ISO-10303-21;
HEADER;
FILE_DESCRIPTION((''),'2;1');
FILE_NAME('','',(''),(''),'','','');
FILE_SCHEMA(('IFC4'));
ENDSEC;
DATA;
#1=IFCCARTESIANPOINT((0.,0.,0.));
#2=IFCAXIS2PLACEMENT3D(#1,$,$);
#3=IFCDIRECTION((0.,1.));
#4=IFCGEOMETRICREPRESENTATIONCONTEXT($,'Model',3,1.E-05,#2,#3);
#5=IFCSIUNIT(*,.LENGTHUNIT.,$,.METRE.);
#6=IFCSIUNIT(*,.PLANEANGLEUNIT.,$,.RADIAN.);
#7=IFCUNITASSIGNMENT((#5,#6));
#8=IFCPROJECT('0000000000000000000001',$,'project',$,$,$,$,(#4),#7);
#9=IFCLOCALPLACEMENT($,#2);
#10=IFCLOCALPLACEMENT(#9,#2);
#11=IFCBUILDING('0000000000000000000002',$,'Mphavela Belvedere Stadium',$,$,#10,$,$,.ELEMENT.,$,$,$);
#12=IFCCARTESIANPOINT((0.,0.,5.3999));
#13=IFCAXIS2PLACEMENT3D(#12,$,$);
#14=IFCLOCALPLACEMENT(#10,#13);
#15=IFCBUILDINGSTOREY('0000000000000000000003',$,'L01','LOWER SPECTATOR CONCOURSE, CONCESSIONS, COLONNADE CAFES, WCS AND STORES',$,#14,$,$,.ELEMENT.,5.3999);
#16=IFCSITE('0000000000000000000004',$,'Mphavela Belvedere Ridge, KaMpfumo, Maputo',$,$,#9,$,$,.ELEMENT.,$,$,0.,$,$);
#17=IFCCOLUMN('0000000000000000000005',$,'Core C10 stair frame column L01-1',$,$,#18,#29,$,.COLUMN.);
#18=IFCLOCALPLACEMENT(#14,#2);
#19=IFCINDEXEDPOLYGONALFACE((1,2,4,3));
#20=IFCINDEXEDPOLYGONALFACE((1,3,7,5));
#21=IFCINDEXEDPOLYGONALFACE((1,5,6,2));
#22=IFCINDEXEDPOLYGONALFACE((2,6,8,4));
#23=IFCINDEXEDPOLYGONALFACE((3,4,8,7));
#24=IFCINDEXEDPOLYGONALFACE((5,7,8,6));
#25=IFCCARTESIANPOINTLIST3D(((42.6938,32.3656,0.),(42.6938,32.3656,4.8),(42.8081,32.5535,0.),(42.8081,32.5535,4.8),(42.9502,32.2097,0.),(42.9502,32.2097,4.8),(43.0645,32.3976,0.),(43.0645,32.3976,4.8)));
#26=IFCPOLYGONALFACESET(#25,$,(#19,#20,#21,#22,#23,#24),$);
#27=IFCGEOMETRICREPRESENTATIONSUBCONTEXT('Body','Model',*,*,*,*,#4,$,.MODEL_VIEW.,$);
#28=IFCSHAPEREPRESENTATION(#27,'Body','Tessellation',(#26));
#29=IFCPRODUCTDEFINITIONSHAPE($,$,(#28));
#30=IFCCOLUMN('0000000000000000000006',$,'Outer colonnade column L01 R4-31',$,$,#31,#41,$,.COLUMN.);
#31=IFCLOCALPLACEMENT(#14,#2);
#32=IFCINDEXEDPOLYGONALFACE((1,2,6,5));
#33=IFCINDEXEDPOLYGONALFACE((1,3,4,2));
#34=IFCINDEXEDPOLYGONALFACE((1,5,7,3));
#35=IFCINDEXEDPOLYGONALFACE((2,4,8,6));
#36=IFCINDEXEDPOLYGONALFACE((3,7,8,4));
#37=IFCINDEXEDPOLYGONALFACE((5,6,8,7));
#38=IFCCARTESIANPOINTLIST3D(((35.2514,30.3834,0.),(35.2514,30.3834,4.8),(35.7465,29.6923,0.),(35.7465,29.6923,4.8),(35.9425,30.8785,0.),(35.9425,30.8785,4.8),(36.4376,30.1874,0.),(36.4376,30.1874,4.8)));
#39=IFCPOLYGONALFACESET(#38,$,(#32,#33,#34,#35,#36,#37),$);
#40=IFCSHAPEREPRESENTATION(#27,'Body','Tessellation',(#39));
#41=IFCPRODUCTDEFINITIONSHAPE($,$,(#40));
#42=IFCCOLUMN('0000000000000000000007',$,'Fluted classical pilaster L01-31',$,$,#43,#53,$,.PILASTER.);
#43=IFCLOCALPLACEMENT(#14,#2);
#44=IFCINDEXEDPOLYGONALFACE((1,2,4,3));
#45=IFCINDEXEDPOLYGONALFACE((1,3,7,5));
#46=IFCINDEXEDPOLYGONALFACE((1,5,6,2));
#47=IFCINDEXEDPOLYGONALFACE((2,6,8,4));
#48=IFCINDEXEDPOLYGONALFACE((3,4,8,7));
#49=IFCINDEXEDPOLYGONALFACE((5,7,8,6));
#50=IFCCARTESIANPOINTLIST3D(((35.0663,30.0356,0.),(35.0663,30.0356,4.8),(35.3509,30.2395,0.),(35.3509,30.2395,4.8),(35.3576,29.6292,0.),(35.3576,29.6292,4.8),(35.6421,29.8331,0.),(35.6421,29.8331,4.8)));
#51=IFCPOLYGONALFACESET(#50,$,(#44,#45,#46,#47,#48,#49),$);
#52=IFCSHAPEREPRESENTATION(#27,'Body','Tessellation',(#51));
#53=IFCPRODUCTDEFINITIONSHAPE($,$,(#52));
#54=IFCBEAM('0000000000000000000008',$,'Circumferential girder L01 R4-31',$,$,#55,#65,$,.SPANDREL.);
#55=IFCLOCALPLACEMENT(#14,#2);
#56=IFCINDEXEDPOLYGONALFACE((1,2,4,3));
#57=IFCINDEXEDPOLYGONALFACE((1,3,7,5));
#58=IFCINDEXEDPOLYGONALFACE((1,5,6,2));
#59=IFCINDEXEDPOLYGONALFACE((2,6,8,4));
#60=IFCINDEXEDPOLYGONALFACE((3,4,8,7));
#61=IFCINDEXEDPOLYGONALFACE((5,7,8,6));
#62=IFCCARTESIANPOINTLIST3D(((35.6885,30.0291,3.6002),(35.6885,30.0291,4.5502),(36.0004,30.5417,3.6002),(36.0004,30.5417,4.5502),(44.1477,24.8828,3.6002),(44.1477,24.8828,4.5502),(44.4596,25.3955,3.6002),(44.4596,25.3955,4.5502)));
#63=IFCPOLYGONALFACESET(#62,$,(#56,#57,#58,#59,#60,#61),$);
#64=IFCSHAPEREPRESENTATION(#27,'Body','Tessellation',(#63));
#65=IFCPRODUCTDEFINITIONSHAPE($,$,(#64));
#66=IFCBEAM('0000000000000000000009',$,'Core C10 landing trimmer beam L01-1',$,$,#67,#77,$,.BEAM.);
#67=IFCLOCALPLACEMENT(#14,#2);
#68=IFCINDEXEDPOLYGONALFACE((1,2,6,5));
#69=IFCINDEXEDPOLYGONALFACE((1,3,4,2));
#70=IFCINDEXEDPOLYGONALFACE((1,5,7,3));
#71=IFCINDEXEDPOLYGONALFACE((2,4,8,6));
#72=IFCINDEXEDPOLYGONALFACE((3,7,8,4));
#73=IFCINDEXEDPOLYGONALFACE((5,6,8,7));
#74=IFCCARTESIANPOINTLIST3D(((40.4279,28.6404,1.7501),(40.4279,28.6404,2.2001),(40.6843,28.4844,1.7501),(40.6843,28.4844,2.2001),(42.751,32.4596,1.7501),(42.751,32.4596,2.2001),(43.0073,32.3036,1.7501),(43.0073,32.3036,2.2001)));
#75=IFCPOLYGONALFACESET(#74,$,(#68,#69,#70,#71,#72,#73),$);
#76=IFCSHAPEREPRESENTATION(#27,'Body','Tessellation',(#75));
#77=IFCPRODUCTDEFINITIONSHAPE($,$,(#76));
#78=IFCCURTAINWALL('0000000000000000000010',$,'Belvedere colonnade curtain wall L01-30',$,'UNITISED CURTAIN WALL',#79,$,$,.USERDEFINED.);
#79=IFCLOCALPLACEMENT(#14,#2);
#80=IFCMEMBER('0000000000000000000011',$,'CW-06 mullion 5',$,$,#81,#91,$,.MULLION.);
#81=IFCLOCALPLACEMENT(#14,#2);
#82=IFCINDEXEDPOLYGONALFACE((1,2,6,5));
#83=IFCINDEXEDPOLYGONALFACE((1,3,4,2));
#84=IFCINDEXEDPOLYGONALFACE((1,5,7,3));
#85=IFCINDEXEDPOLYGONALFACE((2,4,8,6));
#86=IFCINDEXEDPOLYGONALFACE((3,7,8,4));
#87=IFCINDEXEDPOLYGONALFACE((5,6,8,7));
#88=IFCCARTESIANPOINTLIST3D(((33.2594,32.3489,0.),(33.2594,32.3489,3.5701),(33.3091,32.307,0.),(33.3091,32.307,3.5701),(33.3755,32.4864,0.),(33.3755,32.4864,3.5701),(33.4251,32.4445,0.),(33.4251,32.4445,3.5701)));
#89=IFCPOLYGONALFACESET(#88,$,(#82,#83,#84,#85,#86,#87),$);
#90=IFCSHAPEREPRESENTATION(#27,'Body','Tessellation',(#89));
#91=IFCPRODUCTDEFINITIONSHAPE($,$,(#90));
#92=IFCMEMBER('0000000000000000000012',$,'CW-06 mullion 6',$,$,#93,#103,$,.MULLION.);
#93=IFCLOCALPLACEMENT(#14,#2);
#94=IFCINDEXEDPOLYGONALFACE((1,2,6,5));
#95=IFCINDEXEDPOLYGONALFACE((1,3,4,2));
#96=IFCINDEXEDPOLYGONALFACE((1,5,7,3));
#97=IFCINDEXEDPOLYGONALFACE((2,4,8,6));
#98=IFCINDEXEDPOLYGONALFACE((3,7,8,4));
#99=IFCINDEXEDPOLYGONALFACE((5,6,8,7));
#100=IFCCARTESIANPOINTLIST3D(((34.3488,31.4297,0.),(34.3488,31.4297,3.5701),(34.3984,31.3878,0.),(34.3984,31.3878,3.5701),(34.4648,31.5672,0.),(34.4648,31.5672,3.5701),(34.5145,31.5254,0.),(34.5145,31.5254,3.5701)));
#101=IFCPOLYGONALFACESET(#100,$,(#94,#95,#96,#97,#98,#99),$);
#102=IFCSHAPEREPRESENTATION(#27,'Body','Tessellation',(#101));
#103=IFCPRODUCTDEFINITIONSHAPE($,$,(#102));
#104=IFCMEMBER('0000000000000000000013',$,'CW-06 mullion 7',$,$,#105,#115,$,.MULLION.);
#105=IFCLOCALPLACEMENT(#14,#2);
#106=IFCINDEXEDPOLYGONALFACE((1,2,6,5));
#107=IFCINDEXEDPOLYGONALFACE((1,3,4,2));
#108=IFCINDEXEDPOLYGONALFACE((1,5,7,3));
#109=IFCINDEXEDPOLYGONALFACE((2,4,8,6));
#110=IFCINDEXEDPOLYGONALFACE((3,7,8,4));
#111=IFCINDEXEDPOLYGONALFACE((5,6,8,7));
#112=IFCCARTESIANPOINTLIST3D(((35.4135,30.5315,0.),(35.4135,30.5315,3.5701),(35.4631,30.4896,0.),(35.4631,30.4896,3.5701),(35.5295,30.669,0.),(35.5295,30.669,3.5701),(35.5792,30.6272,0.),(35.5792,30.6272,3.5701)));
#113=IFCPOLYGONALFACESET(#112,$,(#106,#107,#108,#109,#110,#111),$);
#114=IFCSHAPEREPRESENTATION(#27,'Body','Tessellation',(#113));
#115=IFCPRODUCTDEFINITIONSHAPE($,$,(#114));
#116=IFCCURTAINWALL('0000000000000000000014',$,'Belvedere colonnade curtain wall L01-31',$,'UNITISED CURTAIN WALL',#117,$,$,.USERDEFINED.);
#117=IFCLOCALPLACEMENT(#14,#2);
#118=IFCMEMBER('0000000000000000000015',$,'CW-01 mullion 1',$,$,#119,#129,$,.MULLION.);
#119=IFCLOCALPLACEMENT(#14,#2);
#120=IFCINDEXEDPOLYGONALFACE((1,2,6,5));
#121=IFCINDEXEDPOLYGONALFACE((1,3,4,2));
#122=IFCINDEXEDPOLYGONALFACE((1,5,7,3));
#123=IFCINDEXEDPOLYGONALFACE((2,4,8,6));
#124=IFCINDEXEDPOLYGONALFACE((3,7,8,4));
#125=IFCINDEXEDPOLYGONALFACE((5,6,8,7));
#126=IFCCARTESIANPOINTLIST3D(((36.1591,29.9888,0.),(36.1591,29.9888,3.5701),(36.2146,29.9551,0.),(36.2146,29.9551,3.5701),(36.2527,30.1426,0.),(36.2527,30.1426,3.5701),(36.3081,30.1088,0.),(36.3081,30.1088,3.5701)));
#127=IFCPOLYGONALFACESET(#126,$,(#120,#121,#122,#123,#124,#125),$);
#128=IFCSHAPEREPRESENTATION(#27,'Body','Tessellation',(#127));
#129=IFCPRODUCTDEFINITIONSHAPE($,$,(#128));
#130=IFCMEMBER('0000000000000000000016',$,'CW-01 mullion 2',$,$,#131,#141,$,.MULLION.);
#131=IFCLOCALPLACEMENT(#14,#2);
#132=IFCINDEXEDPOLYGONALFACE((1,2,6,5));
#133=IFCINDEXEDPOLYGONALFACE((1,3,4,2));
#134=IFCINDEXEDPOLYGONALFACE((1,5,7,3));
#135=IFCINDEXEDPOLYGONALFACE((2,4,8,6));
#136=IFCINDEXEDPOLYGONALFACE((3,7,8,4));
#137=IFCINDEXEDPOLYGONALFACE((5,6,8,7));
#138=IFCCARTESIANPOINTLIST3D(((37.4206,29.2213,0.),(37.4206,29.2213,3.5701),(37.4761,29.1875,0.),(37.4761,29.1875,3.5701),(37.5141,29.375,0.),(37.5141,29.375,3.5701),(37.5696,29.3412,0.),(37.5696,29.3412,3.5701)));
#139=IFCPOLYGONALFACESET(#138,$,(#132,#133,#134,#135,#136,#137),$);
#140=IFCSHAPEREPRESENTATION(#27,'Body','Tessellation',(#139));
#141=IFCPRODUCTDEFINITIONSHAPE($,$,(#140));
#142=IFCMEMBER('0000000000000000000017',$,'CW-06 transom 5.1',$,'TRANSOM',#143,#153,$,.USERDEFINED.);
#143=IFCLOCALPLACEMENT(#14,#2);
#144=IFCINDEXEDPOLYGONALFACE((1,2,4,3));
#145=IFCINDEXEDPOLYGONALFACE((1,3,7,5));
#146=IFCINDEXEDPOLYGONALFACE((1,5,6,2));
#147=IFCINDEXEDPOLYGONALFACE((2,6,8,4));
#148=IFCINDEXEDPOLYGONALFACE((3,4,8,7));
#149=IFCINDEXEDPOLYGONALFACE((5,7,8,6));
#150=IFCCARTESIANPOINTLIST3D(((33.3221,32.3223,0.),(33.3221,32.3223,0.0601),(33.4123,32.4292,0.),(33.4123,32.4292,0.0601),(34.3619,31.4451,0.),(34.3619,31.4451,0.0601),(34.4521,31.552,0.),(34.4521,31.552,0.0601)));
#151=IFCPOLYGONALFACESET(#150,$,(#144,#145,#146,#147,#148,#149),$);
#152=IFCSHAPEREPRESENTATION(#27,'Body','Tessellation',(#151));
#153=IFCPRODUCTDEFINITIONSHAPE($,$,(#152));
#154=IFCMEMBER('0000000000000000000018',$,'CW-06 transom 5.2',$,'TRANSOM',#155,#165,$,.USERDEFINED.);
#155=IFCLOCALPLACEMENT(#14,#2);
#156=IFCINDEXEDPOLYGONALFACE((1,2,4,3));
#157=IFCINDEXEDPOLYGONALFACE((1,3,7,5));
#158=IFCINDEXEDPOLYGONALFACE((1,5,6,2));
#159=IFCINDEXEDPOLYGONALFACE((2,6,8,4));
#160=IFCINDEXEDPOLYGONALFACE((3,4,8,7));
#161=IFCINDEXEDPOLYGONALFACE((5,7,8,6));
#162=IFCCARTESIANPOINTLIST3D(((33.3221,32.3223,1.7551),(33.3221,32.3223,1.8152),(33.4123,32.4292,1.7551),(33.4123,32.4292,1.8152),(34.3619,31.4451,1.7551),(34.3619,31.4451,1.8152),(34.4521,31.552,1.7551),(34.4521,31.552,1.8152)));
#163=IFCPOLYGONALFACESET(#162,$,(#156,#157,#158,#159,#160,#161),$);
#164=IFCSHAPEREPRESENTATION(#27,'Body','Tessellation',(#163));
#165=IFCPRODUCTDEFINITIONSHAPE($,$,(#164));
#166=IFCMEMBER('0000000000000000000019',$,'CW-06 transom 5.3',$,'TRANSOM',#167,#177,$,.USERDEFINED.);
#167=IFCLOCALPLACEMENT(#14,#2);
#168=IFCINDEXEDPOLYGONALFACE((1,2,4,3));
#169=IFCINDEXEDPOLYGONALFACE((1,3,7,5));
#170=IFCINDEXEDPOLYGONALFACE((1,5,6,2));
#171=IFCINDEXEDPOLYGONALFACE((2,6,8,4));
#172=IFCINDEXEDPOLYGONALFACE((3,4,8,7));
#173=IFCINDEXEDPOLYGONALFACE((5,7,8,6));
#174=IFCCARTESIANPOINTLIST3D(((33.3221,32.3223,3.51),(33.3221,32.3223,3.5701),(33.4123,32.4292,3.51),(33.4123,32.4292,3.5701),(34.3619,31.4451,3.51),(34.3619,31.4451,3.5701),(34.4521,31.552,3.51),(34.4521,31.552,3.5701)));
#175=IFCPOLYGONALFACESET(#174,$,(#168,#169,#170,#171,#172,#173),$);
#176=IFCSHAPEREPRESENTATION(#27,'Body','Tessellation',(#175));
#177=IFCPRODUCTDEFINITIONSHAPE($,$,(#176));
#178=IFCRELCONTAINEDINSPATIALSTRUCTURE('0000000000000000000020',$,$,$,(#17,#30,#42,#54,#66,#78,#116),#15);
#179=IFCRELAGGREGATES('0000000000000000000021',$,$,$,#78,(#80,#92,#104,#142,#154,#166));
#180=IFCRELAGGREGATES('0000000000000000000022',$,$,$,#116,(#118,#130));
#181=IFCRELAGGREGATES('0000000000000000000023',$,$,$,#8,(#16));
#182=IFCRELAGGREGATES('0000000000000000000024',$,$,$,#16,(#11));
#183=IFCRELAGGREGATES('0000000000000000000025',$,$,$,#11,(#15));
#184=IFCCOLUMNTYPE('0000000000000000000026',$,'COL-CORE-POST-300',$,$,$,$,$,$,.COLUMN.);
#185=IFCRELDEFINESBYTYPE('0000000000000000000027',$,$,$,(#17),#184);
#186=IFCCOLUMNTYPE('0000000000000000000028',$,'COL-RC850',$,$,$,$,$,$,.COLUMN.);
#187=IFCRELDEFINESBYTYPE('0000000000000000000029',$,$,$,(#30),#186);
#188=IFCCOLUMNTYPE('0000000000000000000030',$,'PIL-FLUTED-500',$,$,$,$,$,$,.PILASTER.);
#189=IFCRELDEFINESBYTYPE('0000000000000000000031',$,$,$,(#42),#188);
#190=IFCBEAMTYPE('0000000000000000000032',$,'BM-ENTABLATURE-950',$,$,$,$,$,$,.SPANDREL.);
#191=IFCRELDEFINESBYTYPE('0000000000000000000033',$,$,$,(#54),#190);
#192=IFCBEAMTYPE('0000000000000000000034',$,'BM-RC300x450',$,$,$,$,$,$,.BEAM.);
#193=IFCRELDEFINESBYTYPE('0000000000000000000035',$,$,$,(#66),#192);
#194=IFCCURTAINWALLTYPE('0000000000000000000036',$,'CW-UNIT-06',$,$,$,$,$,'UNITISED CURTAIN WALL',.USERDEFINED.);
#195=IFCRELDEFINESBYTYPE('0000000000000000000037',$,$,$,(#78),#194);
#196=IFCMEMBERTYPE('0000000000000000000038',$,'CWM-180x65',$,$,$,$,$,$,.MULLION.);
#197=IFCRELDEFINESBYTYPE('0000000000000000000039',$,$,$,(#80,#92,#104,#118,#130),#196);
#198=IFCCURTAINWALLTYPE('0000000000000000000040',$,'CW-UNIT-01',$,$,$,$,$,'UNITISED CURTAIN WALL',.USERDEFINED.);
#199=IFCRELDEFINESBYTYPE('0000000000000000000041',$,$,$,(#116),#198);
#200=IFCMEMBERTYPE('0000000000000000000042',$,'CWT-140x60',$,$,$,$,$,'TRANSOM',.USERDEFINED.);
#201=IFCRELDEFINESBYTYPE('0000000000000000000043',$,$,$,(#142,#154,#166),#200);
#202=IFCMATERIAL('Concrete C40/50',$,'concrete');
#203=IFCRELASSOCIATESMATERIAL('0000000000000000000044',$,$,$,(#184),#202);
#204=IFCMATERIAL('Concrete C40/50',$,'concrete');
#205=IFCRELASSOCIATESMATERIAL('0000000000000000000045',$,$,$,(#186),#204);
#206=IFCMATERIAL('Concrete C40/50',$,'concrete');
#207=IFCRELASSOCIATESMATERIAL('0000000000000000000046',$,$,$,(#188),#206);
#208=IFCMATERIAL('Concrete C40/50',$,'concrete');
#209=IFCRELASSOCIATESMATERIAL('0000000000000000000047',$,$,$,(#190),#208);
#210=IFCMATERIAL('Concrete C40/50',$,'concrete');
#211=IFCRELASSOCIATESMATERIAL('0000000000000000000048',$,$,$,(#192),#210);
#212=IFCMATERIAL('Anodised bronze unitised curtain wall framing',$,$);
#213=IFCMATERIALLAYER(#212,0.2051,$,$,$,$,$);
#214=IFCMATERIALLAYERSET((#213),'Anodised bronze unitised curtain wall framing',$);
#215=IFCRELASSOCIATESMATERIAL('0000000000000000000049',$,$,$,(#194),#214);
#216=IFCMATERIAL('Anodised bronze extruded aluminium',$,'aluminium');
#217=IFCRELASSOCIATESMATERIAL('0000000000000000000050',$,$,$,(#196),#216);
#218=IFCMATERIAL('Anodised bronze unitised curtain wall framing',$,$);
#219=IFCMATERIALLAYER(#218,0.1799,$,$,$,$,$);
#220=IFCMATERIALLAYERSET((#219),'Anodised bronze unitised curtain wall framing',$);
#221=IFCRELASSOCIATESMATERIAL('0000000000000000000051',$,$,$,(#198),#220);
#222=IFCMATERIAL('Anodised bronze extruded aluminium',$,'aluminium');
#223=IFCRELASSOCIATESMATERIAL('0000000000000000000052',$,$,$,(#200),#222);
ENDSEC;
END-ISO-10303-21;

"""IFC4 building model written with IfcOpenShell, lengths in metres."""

from ifc_helpers import new_model, si_unit, direction, frame, origin, origin_2d, place, context, subcontext, project, spatial, rectangle, extrude, material, layer, layer_set, material_profile, profile_set, type_object, element, aggregate, save


model = new_model("IFC4")

# Units and contexts
model_context = context("Model", 3, precision=1e-05, world=origin(), true_north=direction((0.0, 1.0)))
body_context = subcontext(model_context, "Body", "Model", "MODEL_VIEW")
ifc_project = project(units=[si_unit("LENGTHUNIT", "METRE"), si_unit("PLANEANGLEUNIT", "RADIAN")], contexts=[model_context])

# Site, building, storey
site_placement = place(None, origin())
site = spatial("IfcSite", under=ifc_project, at=site_placement, Name="Mphavela Belvedere Ridge, KaMpfumo, Maputo", CompositionType="ELEMENT", RefElevation=0.0)
building_placement = place(site_placement, origin())
building = spatial("IfcBuilding", under=site, at=building_placement, Name="Mphavela Belvedere Stadium", CompositionType="ELEMENT")
storey_placement = place(building_placement, frame((0.0, 0.0, 5.3999)))
storey = spatial("IfcBuildingStorey", under=building, at=storey_placement, Name="L01", Description="LOWER SPECTATOR CONCOURSE, CONCESSIONS, COLONNADE CAFES, WCS AND STORES", CompositionType="ELEMENT", Elevation=5.3999)

# Columns
ifc_material_1 = material(Name="Concrete C40/50", Category="concrete")
ifc_material_profile_1 = material_profile(ifc_material_1, rectangle(XDim=0.3, YDim=0.22, at=origin_2d()), Name="RC 300x220")
ifc_profile_set_1 = profile_set([ifc_material_profile_1], Name="Concrete C40/50")
column_type_1 = type_object("IfcColumnType", Name="COL-CORE-POST-300", PredefinedType="COLUMN", material=ifc_profile_set_1)
column_1_placement = place(storey_placement, frame((42.8792, 32.3816, 0.0), z_axis=(0.0, 0.0, 1.0), x_axis=(-0.854368, 0.519668, 0.0)))
element("IfcColumn", 1, at=column_1_placement, inside=storey, type_object=column_type_1, Name="Core C10 stair frame column L01-1", PredefinedType="COLUMN", context=body_context, shape_type="SweptSolid", body=[
    extrude(rectangle(XDim=0.3, YDim=0.22, at=origin_2d()), origin(), (0.0, 0.0, 1.0), 4.8),
])
ifc_material_2 = material(Name="Concrete C40/50", Category="concrete")
ifc_material_profile_2 = material_profile(ifc_material_2, rectangle(XDim=0.8501, YDim=0.8501, at=origin_2d()), Name="RC 850x850")
ifc_profile_set_2 = profile_set([ifc_material_profile_2], Name="Concrete C40/50")
column_type_2 = type_object("IfcColumnType", Name="COL-RC850", PredefinedType="COLUMN", material=ifc_profile_set_2)
column_2_placement = place(storey_placement, frame((35.8445, 30.2854, 0.0), z_axis=(0.0, 0.0, 1.0), x_axis=(-0.812898, -0.582407, 0.0)))
element("IfcColumn", 2, at=column_2_placement, inside=storey, type_object=column_type_2, Name="Outer colonnade column L01 R4-31", PredefinedType="COLUMN", context=body_context, shape_type="SweptSolid", body=[
    extrude(rectangle(XDim=0.8501, YDim=0.8501, at=origin_2d()), origin(), (0.0, 0.0, 1.0), 4.8),
])
ifc_material_3 = material(Name="Concrete C40/50", Category="concrete")
ifc_material_profile_3 = material_profile(ifc_material_3, rectangle(XDim=0.5, YDim=0.3501, at=origin_2d()), Name="PIL 500x350")
ifc_profile_set_3 = profile_set([ifc_material_profile_3], Name="Concrete C40/50")
column_type_3 = type_object("IfcColumnType", Name="PIL-FLUTED-500", PredefinedType="PILASTER", material=ifc_profile_set_3)
column_3_placement = place(storey_placement, frame((35.3542, 29.9343, 0.0), z_axis=(0.0, 0.0, 1.0), x_axis=(0.582407, -0.812898, 0.0)))
element("IfcColumn", 3, at=column_3_placement, inside=storey, type_object=column_type_3, Name="Fluted classical pilaster L01-31", PredefinedType="PILASTER", context=body_context, shape_type="SweptSolid", body=[
    extrude(rectangle(XDim=0.5, YDim=0.3501, at=origin_2d()), origin(), (0.0, 0.0, 1.0), 4.8),
])

# Beams
ifc_material_4 = material(Name="Concrete C40/50", Category="concrete")
ifc_material_profile_4 = material_profile(ifc_material_4, rectangle(XDim=0.6001, YDim=0.95, at=origin_2d()), Name="RC 600x950")
ifc_profile_set_4 = profile_set([ifc_material_profile_4], Name="Concrete C40/50")
beam_type_1 = type_object("IfcBeamType", Name="BM-ENTABLATURE-950", PredefinedType="SPANDREL", material=ifc_profile_set_4)
beam_1_placement = place(storey_placement, frame((35.8445, 30.2854, 4.0752), z_axis=(0.854327, -0.519737, 0.0), x_axis=(0.519737, 0.854327, 0.0)))
element("IfcBeam", 4, at=beam_1_placement, inside=storey, type_object=beam_type_1, Name="Circumferential girder L01 R4-31", PredefinedType="SPANDREL", context=body_context, shape_type="SweptSolid", body=[
    extrude(rectangle(XDim=0.6001, YDim=0.95, at=origin_2d()), origin(), (0.0, 0.0, 1.0), 9.9016),
])
ifc_material_5 = material(Name="Concrete C40/50", Category="concrete")
ifc_material_profile_5 = material_profile(ifc_material_5, rectangle(XDim=0.3, YDim=0.45, at=origin_2d()), Name="RC 300x450")
ifc_profile_set_5 = profile_set([ifc_material_profile_5], Name="Concrete C40/50")
beam_type_2 = type_object("IfcBeamType", Name="BM-RC300x450", PredefinedType="BEAM", material=ifc_profile_set_5)
beam_2_placement = place(storey_placement, frame((42.8792, 32.3816, 1.9751), z_axis=(-0.519675, -0.854364, 0.0), x_axis=(0.854364, -0.519675, 0.0)))
element("IfcBeam", 5, at=beam_2_placement, inside=storey, type_object=beam_type_2, Name="Core C10 landing trimmer beam L01-1", PredefinedType="BEAM", context=body_context, shape_type="SweptSolid", body=[
    extrude(rectangle(XDim=0.3, YDim=0.45, at=origin_2d()), origin(), (0.0, 0.0, 1.0), 4.4702),
])

# Curtain walls, members
ifc_material_6 = material(Name="Anodised bronze unitised curtain wall framing")
ifc_layer_1 = layer(ifc_material_6, 0.2051)
ifc_layer_set_1 = layer_set([ifc_layer_1], Name="Anodised bronze unitised curtain wall framing")
curtain_wall_type_1 = type_object("IfcCurtainWallType", Name="CW-UNIT-06", ElementType="UNITISED CURTAIN WALL", PredefinedType="USERDEFINED", material=ifc_layer_set_1)
curtain_wall_1_placement = place(storey_placement, origin())
curtain_wall_1 = element("IfcCurtainWall", 6, at=curtain_wall_1_placement, inside=storey, type_object=curtain_wall_type_1, Name="Belvedere colonnade curtain wall L01-30", ObjectType="UNITISED CURTAIN WALL", PredefinedType="USERDEFINED")
ifc_material_7 = material(Name="Anodised bronze extruded aluminium", Category="aluminium")
ifc_material_profile_6 = material_profile(ifc_material_7, rectangle(XDim=0.1799, YDim=0.0649, at=origin_2d()), Name="CW-MUL 180x65")
ifc_profile_set_6 = profile_set([ifc_material_profile_6], Name="Anodised bronze extruded aluminium")
member_type_1 = type_object("IfcMemberType", Name="CWM-180x65", PredefinedType="MULLION", material=ifc_profile_set_6)
member_1_placement = place(storey_placement, frame((33.3423, 32.3967, 0.0), z_axis=(0.0, 0.0, 1.0), x_axis=(0.64491, 0.764259, 0.0)))
member_1 = element("IfcMember", 7, at=member_1_placement, type_object=member_type_1, Name="CW-06 mullion 5", PredefinedType="MULLION", context=body_context, shape_type="SweptSolid", body=[
    extrude(rectangle(XDim=0.1799, YDim=0.0649, at=origin_2d()), origin(), (0.0, 0.0, 1.0), 3.5701),
])
member_2_placement = place(storey_placement, frame((34.4316, 31.4775, 0.0), z_axis=(0.0, 0.0, 1.0), x_axis=(0.64491, 0.764259, 0.0)))
member_2 = element("IfcMember", 8, at=member_2_placement, type_object=member_type_1, Name="CW-06 mullion 6", PredefinedType="MULLION", context=body_context, shape_type="SweptSolid", body=[
    extrude(rectangle(XDim=0.1799, YDim=0.0649, at=origin_2d()), origin(), (0.0, 0.0, 1.0), 3.5701),
])
member_3_placement = place(storey_placement, frame((35.4963, 30.5793, 0.0), z_axis=(0.0, 0.0, 1.0), x_axis=(0.64491, 0.764259, 0.0)))
member_3 = element("IfcMember", 9, at=member_3_placement, type_object=member_type_1, Name="CW-06 mullion 7", PredefinedType="MULLION", context=body_context, shape_type="SweptSolid", body=[
    extrude(rectangle(XDim=0.1799, YDim=0.0649, at=origin_2d()), origin(), (0.0, 0.0, 1.0), 3.5701),
])
ifc_material_8 = material(Name="Anodised bronze unitised curtain wall framing")
ifc_layer_2 = layer(ifc_material_8, 0.1799)
ifc_layer_set_2 = layer_set([ifc_layer_2], Name="Anodised bronze unitised curtain wall framing")
curtain_wall_type_2 = type_object("IfcCurtainWallType", Name="CW-UNIT-01", ElementType="UNITISED CURTAIN WALL", PredefinedType="USERDEFINED", material=ifc_layer_set_2)
curtain_wall_2_placement = place(storey_placement, origin())
curtain_wall_2 = element("IfcCurtainWall", 10, at=curtain_wall_2_placement, inside=storey, type_object=curtain_wall_type_2, Name="Belvedere colonnade curtain wall L01-31", ObjectType="UNITISED CURTAIN WALL", PredefinedType="USERDEFINED")
member_4_placement = place(storey_placement, frame((36.2336, 30.0488, 0.0), z_axis=(0.0, 0.0, 1.0), x_axis=(0.519735, 0.854328, 0.0)))
member_4 = element("IfcMember", 11, at=member_4_placement, type_object=member_type_1, Name="CW-01 mullion 1", PredefinedType="MULLION", context=body_context, shape_type="SweptSolid", body=[
    extrude(rectangle(XDim=0.1799, YDim=0.0649, at=origin_2d()), origin(), (0.0, 0.0, 1.0), 3.5701),
])
member_5_placement = place(storey_placement, frame((37.4951, 29.2812, 0.0), z_axis=(0.0, 0.0, 1.0), x_axis=(0.519735, 0.854328, 0.0)))
member_5 = element("IfcMember", 12, at=member_5_placement, type_object=member_type_1, Name="CW-01 mullion 2", PredefinedType="MULLION", context=body_context, shape_type="SweptSolid", body=[
    extrude(rectangle(XDim=0.1799, YDim=0.0649, at=origin_2d()), origin(), (0.0, 0.0, 1.0), 3.5701),
])

# Members
ifc_material_9 = material(Name="Anodised bronze extruded aluminium", Category="aluminium")
ifc_material_profile_7 = material_profile(ifc_material_9, rectangle(XDim=0.1399, YDim=0.0601, at=origin_2d()), Name="CW-TRN 140x60")
ifc_profile_set_7 = profile_set([ifc_material_profile_7], Name="Anodised bronze extruded aluminium")
member_type_2 = type_object("IfcMemberType", Name="CWT-140x60", ElementType="TRANSOM", PredefinedType="USERDEFINED", material=ifc_profile_set_7)
member_6_placement = place(storey_placement, frame((33.3672, 32.3757, 0.03), z_axis=(0.764338, -0.644815, 0.0), x_axis=(0.644815, 0.764338, 0.0)))
member_6 = element("IfcMember", 13, at=member_6_placement, type_object=member_type_2, Name="CW-06 transom 5.1", ObjectType="TRANSOM", PredefinedType="USERDEFINED", context=body_context, shape_type="SweptSolid", body=[
    extrude(rectangle(XDim=0.1399, YDim=0.0601, at=origin_2d()), origin(), (0.0, 0.0, 1.0), 1.3604),
])
member_7_placement = place(storey_placement, frame((33.3672, 32.3757, 1.7852), z_axis=(0.764338, -0.644815, 0.0), x_axis=(0.644815, 0.764338, 0.0)))
member_7 = element("IfcMember", 14, at=member_7_placement, type_object=member_type_2, Name="CW-06 transom 5.2", ObjectType="TRANSOM", PredefinedType="USERDEFINED", context=body_context, shape_type="SweptSolid", body=[
    extrude(rectangle(XDim=0.1399, YDim=0.0601, at=origin_2d()), origin(), (0.0, 0.0, 1.0), 1.3604),
])
member_8_placement = place(storey_placement, frame((33.3672, 32.3757, 3.54), z_axis=(0.764338, -0.644815, 0.0), x_axis=(0.644815, 0.764338, 0.0)))
member_8 = element("IfcMember", 15, at=member_8_placement, type_object=member_type_2, Name="CW-06 transom 5.3", ObjectType="TRANSOM", PredefinedType="USERDEFINED", context=body_context, shape_type="SweptSolid", body=[
    extrude(rectangle(XDim=0.1399, YDim=0.0601, at=origin_2d()), origin(), (0.0, 0.0, 1.0), 1.3604),
])

aggregate(curtain_wall_1, [member_1, member_2, member_3, member_6, member_7, member_8])
aggregate(curtain_wall_2, [member_4, member_5])

save(model, "model.ifc")
